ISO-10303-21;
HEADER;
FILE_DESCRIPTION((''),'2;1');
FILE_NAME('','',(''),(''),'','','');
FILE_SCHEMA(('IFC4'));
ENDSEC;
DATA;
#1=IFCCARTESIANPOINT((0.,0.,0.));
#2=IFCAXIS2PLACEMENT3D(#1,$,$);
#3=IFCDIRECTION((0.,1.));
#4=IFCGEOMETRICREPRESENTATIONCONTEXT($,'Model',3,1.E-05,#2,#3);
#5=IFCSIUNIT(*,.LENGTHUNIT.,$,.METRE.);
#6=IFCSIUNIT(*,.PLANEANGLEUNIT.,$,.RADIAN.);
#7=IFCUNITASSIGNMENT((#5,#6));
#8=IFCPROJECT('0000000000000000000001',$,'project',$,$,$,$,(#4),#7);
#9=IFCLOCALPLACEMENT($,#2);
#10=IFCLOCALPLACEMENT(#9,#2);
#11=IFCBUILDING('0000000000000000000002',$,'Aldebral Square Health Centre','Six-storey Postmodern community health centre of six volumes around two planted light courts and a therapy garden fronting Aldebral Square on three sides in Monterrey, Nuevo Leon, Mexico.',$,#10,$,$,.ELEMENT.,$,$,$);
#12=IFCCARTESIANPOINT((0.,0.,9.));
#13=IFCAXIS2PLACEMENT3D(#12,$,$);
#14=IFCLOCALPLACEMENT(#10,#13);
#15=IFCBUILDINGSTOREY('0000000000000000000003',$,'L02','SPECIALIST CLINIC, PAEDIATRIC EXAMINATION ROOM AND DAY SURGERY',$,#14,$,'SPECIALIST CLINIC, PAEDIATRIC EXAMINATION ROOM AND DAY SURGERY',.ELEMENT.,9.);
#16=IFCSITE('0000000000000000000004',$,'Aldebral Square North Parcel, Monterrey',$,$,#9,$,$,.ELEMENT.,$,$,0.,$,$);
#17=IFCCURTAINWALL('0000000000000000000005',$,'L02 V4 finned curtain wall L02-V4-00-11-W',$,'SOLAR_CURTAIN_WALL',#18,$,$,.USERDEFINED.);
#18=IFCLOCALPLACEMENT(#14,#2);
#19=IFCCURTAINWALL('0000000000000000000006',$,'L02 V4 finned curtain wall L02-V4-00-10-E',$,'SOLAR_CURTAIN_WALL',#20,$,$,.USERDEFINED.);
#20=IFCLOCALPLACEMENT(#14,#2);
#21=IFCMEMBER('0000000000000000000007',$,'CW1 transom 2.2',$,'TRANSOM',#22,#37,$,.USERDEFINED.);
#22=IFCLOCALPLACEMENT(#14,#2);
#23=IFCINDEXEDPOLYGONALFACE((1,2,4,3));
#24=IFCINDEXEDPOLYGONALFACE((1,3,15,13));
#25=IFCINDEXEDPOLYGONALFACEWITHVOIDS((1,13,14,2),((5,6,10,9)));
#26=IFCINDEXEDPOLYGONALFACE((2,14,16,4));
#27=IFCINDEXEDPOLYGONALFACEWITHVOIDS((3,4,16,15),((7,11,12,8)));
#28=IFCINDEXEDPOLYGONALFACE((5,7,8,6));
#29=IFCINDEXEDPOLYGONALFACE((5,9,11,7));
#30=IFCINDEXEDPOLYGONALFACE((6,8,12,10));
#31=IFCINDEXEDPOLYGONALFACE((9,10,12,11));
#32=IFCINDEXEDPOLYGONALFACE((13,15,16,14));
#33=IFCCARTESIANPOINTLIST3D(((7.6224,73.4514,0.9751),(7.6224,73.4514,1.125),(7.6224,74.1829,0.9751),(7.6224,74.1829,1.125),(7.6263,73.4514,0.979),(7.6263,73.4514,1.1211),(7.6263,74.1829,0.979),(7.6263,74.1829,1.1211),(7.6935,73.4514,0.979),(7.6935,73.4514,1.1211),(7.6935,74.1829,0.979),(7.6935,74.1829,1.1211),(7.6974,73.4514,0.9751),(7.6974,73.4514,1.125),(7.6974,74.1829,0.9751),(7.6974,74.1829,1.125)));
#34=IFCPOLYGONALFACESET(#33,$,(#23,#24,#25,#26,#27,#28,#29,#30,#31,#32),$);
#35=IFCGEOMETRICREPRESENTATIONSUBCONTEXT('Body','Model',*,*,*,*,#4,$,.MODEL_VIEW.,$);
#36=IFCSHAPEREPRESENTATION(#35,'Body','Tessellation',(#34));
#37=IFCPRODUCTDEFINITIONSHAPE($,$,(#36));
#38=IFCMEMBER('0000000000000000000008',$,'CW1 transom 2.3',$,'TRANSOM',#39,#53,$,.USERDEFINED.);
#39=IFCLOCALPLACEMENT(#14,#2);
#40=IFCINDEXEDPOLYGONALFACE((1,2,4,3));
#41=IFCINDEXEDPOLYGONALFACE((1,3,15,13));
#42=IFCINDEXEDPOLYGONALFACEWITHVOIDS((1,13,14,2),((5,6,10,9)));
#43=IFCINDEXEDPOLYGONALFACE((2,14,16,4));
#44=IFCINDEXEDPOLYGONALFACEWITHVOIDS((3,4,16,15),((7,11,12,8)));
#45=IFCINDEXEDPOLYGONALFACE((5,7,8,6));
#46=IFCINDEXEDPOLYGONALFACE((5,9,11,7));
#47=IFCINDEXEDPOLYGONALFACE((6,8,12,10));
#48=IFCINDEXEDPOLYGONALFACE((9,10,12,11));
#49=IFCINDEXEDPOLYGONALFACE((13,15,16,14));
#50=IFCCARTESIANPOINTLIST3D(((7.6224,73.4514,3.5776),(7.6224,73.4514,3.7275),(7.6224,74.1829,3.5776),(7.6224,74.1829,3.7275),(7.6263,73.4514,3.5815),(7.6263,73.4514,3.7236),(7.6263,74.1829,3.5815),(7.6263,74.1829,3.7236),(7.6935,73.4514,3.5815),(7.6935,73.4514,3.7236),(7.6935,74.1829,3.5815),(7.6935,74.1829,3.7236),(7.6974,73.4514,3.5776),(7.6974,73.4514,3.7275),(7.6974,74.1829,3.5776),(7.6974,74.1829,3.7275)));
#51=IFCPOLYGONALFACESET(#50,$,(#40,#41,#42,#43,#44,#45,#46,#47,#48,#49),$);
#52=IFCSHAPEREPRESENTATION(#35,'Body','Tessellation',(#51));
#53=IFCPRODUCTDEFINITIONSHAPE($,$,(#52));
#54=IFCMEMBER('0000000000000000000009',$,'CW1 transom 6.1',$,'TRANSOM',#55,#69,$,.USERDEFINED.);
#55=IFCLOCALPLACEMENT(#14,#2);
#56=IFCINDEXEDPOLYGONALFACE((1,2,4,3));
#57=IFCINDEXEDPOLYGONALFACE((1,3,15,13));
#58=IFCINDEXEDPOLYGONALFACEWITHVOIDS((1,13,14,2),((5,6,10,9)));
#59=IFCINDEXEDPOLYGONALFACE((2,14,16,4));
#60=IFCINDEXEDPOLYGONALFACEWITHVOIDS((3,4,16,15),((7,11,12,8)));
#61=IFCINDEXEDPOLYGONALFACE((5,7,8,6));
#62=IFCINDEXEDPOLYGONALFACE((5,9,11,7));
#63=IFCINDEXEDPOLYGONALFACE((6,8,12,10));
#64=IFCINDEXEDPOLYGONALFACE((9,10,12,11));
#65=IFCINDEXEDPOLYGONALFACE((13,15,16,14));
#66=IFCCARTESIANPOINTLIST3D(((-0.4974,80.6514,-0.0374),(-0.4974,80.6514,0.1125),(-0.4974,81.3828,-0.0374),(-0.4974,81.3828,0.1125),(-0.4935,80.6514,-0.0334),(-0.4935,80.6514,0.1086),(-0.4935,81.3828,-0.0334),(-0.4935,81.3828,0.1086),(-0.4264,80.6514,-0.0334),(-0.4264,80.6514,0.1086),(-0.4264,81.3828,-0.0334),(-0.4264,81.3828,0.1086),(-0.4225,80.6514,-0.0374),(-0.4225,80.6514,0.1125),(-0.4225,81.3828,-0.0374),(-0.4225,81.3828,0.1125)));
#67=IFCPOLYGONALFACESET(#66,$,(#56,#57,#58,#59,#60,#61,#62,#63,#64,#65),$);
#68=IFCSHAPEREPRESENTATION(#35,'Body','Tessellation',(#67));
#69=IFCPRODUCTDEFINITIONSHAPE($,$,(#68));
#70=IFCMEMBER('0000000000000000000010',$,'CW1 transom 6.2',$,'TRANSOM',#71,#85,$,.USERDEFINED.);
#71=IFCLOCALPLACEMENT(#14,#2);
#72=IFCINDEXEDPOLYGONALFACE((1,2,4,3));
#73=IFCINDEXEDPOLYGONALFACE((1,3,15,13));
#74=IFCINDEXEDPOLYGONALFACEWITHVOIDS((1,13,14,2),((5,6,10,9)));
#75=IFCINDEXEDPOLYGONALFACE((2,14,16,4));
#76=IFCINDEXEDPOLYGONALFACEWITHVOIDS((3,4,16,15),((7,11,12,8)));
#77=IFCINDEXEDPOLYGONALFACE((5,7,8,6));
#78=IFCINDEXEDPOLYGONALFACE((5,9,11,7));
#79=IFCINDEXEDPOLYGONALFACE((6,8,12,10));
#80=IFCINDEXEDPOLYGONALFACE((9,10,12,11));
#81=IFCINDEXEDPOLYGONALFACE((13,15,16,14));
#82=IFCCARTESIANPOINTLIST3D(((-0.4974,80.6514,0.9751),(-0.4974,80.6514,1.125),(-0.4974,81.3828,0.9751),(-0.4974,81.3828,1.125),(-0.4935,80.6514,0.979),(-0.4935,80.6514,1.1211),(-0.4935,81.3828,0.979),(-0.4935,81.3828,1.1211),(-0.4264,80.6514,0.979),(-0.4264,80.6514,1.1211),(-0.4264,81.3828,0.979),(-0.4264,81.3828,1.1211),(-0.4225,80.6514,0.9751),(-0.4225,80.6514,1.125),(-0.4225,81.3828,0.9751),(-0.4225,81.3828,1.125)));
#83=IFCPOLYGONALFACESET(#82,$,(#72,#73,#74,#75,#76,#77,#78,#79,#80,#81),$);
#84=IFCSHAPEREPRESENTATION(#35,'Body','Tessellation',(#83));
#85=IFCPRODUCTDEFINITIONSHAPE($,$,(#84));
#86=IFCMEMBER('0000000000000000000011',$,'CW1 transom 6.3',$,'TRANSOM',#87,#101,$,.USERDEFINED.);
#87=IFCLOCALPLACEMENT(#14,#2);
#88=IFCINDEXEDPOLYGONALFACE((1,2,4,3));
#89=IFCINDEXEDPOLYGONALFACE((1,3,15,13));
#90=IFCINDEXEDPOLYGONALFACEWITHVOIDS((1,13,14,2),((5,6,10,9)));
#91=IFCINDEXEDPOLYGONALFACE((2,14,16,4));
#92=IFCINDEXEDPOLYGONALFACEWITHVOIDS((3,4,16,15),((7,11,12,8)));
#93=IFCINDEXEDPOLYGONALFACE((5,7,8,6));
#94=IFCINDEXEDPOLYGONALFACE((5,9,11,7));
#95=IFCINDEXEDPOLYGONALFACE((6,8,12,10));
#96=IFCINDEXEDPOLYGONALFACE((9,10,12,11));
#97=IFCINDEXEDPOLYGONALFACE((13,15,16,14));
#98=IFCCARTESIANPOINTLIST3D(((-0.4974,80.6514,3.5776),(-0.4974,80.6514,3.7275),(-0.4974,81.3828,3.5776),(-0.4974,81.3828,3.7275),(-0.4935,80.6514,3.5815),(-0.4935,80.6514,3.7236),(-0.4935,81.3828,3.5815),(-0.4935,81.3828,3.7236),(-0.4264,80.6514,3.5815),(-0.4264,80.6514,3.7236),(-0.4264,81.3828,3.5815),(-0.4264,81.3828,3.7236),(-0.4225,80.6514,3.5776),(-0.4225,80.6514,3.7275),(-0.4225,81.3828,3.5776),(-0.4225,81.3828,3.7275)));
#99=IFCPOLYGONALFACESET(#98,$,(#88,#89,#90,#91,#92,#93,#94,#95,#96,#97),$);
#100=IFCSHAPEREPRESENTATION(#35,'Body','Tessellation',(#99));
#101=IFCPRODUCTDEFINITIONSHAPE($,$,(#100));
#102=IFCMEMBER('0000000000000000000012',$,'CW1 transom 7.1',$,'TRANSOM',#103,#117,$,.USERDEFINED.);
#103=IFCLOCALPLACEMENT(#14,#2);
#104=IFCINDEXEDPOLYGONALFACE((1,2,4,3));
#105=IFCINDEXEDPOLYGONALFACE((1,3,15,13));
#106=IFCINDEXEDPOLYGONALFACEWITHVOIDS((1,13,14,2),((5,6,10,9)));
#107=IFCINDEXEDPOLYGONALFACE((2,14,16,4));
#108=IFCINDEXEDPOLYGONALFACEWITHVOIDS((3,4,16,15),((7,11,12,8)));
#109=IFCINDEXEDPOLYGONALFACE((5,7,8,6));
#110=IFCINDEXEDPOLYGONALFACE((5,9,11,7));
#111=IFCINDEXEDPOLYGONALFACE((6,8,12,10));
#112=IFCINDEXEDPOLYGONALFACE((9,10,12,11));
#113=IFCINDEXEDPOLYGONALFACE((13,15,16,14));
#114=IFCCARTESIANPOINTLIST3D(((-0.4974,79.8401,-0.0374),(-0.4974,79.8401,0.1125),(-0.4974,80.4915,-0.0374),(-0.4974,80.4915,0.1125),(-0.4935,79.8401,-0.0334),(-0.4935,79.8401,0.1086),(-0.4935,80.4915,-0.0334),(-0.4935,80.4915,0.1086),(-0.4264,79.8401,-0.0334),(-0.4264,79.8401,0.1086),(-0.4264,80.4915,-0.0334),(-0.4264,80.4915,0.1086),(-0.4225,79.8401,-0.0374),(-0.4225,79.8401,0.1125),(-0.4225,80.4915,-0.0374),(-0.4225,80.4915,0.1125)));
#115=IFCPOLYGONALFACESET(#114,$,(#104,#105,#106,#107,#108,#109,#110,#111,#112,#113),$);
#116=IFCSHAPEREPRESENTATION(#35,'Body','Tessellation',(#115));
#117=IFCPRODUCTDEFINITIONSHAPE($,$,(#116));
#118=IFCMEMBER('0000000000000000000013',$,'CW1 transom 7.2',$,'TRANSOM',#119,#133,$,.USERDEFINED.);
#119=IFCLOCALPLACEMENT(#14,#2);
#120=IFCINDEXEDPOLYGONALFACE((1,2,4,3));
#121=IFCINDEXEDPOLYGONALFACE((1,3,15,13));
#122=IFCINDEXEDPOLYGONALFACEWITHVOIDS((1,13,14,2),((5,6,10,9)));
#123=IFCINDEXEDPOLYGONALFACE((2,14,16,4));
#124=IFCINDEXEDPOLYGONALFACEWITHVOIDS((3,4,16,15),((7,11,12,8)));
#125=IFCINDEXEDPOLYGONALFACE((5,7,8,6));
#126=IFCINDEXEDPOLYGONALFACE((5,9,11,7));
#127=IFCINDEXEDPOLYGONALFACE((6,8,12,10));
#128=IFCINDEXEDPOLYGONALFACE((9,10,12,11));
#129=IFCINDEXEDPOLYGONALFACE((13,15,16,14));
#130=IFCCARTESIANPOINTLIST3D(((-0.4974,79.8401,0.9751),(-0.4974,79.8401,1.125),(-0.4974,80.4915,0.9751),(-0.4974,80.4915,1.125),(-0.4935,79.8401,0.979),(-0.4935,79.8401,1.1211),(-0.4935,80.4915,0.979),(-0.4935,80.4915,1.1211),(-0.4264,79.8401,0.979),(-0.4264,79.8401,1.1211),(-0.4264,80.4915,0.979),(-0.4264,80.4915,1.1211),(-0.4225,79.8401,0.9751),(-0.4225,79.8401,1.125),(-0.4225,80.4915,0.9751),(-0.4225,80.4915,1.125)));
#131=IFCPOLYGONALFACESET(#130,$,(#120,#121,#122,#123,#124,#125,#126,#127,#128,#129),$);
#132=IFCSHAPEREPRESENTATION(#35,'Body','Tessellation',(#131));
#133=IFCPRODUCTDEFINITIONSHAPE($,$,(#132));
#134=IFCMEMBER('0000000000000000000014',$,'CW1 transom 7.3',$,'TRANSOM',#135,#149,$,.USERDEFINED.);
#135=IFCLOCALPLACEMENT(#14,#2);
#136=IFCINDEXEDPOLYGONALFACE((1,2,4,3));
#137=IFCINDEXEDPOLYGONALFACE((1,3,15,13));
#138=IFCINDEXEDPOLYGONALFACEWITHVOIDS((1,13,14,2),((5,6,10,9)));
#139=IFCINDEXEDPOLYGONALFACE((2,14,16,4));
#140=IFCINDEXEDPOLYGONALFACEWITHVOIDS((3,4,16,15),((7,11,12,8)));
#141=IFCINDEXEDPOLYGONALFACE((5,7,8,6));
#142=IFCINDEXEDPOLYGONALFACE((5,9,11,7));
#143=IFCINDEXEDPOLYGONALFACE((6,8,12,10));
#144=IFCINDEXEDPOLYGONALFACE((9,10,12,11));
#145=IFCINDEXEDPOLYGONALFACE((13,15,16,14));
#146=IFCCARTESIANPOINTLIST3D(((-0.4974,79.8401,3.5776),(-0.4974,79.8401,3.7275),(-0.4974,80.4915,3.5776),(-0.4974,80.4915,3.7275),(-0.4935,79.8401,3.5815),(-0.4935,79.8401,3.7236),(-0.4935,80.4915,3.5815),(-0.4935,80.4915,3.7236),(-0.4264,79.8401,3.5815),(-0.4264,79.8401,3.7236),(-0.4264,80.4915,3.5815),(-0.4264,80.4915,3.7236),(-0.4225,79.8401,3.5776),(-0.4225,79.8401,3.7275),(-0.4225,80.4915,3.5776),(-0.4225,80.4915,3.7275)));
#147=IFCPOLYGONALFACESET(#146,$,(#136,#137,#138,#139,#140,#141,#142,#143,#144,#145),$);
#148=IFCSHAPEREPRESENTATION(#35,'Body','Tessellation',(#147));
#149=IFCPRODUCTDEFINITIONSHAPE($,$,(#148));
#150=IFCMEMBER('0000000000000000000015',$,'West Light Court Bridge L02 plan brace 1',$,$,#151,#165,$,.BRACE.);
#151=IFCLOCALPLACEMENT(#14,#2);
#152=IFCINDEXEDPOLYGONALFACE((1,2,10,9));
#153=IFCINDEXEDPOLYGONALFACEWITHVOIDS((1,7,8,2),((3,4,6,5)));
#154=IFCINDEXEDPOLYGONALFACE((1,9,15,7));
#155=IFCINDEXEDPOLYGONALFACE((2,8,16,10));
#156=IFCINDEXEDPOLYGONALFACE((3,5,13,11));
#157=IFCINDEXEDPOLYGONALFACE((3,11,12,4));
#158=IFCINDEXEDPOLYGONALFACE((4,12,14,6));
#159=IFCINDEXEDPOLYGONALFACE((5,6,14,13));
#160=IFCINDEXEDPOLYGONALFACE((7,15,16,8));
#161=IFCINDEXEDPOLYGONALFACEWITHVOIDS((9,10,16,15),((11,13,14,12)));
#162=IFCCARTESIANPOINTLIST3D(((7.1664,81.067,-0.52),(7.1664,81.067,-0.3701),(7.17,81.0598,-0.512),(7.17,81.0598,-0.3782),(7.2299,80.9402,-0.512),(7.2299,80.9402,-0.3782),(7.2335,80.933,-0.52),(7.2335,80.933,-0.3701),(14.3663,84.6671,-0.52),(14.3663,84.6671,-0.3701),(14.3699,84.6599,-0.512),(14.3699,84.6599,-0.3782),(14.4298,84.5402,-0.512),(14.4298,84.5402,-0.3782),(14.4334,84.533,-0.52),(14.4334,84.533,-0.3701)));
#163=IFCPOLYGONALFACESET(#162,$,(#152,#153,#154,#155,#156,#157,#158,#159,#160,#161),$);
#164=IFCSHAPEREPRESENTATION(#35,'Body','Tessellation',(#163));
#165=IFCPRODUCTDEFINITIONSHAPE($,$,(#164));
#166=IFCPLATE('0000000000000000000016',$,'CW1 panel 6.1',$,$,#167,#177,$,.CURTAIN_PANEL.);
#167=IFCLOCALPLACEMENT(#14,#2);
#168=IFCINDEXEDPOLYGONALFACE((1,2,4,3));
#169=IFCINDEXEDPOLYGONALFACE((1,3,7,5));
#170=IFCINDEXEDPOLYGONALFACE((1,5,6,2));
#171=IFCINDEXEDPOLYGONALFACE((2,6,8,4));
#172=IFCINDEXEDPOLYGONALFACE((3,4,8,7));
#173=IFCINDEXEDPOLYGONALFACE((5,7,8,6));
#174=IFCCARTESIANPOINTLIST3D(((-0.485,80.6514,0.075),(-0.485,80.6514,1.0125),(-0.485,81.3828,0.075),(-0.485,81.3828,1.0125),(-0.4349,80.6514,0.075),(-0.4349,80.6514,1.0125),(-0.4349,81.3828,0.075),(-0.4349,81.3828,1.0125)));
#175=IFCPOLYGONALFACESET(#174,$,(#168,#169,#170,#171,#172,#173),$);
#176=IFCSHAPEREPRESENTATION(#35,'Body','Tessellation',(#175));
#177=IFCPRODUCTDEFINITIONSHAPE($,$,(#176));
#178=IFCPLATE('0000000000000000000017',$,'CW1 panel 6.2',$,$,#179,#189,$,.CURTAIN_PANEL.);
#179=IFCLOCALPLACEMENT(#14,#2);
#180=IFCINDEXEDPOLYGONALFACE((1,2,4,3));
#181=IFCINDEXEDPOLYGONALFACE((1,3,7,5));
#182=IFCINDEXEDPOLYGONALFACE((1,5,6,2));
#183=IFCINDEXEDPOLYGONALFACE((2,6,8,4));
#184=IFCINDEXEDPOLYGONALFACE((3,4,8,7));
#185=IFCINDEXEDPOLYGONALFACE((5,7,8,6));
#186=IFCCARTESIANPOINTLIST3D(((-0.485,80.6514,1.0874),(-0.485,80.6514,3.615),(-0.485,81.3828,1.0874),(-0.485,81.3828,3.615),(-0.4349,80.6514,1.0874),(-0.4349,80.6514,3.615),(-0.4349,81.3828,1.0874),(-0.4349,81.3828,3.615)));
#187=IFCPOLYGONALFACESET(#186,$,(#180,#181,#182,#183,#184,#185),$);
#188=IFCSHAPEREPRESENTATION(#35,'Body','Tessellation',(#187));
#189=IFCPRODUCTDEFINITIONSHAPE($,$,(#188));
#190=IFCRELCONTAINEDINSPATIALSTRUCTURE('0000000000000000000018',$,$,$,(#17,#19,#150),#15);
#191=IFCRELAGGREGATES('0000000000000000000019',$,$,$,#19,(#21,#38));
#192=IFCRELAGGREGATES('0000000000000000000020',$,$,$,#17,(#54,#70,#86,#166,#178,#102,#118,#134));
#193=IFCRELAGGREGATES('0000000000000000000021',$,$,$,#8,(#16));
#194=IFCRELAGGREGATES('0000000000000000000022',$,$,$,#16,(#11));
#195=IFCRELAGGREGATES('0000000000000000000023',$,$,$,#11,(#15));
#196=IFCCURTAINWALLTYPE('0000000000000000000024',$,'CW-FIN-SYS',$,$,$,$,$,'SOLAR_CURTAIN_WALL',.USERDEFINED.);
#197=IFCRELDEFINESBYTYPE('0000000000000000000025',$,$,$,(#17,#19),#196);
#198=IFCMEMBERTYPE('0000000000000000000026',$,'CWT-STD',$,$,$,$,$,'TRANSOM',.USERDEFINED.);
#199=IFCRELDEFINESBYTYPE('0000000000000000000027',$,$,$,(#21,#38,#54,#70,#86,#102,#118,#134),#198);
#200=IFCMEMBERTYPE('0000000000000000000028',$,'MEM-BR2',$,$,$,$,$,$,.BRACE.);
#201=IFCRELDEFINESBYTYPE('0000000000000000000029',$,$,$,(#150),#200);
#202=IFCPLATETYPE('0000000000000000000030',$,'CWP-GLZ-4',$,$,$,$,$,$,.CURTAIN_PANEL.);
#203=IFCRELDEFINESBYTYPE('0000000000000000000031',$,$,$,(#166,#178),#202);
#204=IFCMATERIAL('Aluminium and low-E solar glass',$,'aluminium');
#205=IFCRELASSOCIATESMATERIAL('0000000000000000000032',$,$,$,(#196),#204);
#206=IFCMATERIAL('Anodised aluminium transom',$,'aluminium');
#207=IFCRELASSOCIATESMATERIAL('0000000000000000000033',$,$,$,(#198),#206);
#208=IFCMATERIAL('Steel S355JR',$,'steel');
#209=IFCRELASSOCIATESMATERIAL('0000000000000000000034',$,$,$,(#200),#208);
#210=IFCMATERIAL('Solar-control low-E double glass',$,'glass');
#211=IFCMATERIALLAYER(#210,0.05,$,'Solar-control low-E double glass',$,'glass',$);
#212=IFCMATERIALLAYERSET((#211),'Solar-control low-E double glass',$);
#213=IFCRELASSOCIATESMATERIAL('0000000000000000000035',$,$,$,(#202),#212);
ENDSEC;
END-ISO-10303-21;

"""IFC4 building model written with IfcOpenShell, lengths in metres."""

from ifc_helpers import new_model, si_unit, direction, frame, origin, origin_2d, place, context, subcontext, project, spatial, rectangle, hollow_rectangle, extrude, material, layer, layer_set, material_profile, profile_set, type_object, element, aggregate, save


model = new_model("IFC4")

# Units and contexts
model_context = context("Model", 3, precision=1e-05, world=origin(), true_north=direction((0.0, 1.0)))
body_context = subcontext(model_context, "Body", "Model", "MODEL_VIEW")
ifc_project = project(units=[si_unit("LENGTHUNIT", "METRE"), si_unit("PLANEANGLEUNIT", "RADIAN")], contexts=[model_context])

# Site, building, storey
site_placement = place(None, origin())
site = spatial("IfcSite", under=ifc_project, at=site_placement, Name="Aldebral Square North Parcel, Monterrey", CompositionType="ELEMENT", RefElevation=0.0)
building_placement = place(site_placement, origin())
building = spatial("IfcBuilding", under=site, at=building_placement, Name="Aldebral Square Health Centre", Description="Six-storey Postmodern community health centre of six volumes around two planted light courts and a therapy garden fronting Aldebral Square on three sides in Monterrey, Nuevo Leon, Mexico.", CompositionType="ELEMENT")
storey_placement = place(building_placement, frame((0.0, 0.0, 9.0)))
storey = spatial("IfcBuildingStorey", under=building, at=storey_placement, Name="L02", Description="SPECIALIST CLINIC, PAEDIATRIC EXAMINATION ROOM AND DAY SURGERY", LongName="SPECIALIST CLINIC, PAEDIATRIC EXAMINATION ROOM AND DAY SURGERY", CompositionType="ELEMENT", Elevation=9.0)

# Shared definitions
ifc_material_1 = material(Name="Steel S355JR", Category="steel")

# Shared definitions
ifc_material_2 = material(Name="Aluminium and low-E solar glass", Category="aluminium")
curtain_wall_type = type_object("IfcCurtainWallType", Name="CW-FIN-SYS", ElementType="SOLAR_CURTAIN_WALL", PredefinedType="USERDEFINED", material=ifc_material_2)

# Curtain walls, members
curtain_wall_1_placement = place(storey_placement, origin())
curtain_wall_1 = element("IfcCurtainWall", 1, at=curtain_wall_1_placement, inside=storey, type_object=curtain_wall_type, Name="L02 V4 finned curtain wall L02-V4-00-11-W", ObjectType="SOLAR_CURTAIN_WALL", PredefinedType="USERDEFINED")
curtain_wall_2_placement = place(storey_placement, origin())
curtain_wall_2 = element("IfcCurtainWall", 2, at=curtain_wall_2_placement, inside=storey, type_object=curtain_wall_type, Name="L02 V4 finned curtain wall L02-V4-00-10-E", ObjectType="SOLAR_CURTAIN_WALL", PredefinedType="USERDEFINED")
ifc_material_3 = material(Name="Anodised aluminium transom", Category="aluminium")
ifc_material_profile_1 = material_profile(ifc_material_3, hollow_rectangle(XDim=0.075, YDim=0.1499, WallThickness=0.0039, at=origin_2d()), Name="CWT 75x150x4")
ifc_profile_set_1 = profile_set([ifc_material_profile_1], Name="Anodised aluminium transom")
member_type_1 = type_object("IfcMemberType", Name="CWT-STD", ElementType="TRANSOM", PredefinedType="USERDEFINED", material=ifc_profile_set_1)
member_1_placement = place(storey_placement, frame((7.6599, 73.4514, 1.05), z_axis=(0.0, 1.0, 0.0), x_axis=(-1.0, 0.0, 0.0)))
member_1 = element("IfcMember", 3, at=member_1_placement, type_object=member_type_1, Name="CW1 transom 2.2", ObjectType="TRANSOM", PredefinedType="USERDEFINED", context=body_context, shape_type="SweptSolid", body=[
    extrude(hollow_rectangle(XDim=0.075, YDim=0.1499, WallThickness=0.0039, at=origin_2d()), origin(), (0.0, 0.0, 1.0), 0.7314),
])
member_2_placement = place(storey_placement, frame((7.6599, 73.4514, 3.6526), z_axis=(0.0, 1.0, 0.0), x_axis=(-1.0, 0.0, 0.0)))
member_2 = element("IfcMember", 4, at=member_2_placement, type_object=member_type_1, Name="CW1 transom 2.3", ObjectType="TRANSOM", PredefinedType="USERDEFINED", context=body_context, shape_type="SweptSolid", body=[
    extrude(hollow_rectangle(XDim=0.075, YDim=0.1499, WallThickness=0.0039, at=origin_2d()), origin(), (0.0, 0.0, 1.0), 0.7314),
])
aggregate(curtain_wall_2, [member_1, member_2])

# Members
member_3_placement = place(storey_placement, frame((-0.46, 81.3828, 0.0376), z_axis=(0.0, -1.0, 0.0), x_axis=(1.0, 0.0, 0.0)))
member_3 = element("IfcMember", 5, at=member_3_placement, type_object=member_type_1, Name="CW1 transom 6.1", ObjectType="TRANSOM", PredefinedType="USERDEFINED", context=body_context, shape_type="SweptSolid", body=[
    extrude(hollow_rectangle(XDim=0.075, YDim=0.1499, WallThickness=0.0039, at=origin_2d()), origin(), (0.0, 0.0, 1.0), 0.7314),
])
member_4_placement = place(storey_placement, frame((-0.46, 81.3828, 1.05), z_axis=(0.0, -1.0, 0.0), x_axis=(1.0, 0.0, 0.0)))
member_4 = element("IfcMember", 6, at=member_4_placement, type_object=member_type_1, Name="CW1 transom 6.2", ObjectType="TRANSOM", PredefinedType="USERDEFINED", context=body_context, shape_type="SweptSolid", body=[
    extrude(hollow_rectangle(XDim=0.075, YDim=0.1499, WallThickness=0.0039, at=origin_2d()), origin(), (0.0, 0.0, 1.0), 0.7314),
])
member_5_placement = place(storey_placement, frame((-0.46, 81.3828, 3.6526), z_axis=(0.0, -1.0, 0.0), x_axis=(1.0, 0.0, 0.0)))
member_5 = element("IfcMember", 7, at=member_5_placement, type_object=member_type_1, Name="CW1 transom 6.3", ObjectType="TRANSOM", PredefinedType="USERDEFINED", context=body_context, shape_type="SweptSolid", body=[
    extrude(hollow_rectangle(XDim=0.075, YDim=0.1499, WallThickness=0.0039, at=origin_2d()), origin(), (0.0, 0.0, 1.0), 0.7314),
])
member_6_placement = place(storey_placement, frame((-0.46, 80.4915, 0.0376), z_axis=(0.0, -1.0, 0.0), x_axis=(1.0, 0.0, 0.0)))
member_6 = element("IfcMember", 8, at=member_6_placement, type_object=member_type_1, Name="CW1 transom 7.1", ObjectType="TRANSOM", PredefinedType="USERDEFINED", context=body_context, shape_type="SweptSolid", body=[
    extrude(hollow_rectangle(XDim=0.075, YDim=0.1499, WallThickness=0.0039, at=origin_2d()), origin(), (0.0, 0.0, 1.0), 0.6514),
])
member_7_placement = place(storey_placement, frame((-0.46, 80.4915, 1.05), z_axis=(0.0, -1.0, 0.0), x_axis=(1.0, 0.0, 0.0)))
member_7 = element("IfcMember", 9, at=member_7_placement, type_object=member_type_1, Name="CW1 transom 7.2", ObjectType="TRANSOM", PredefinedType="USERDEFINED", context=body_context, shape_type="SweptSolid", body=[
    extrude(hollow_rectangle(XDim=0.075, YDim=0.1499, WallThickness=0.0039, at=origin_2d()), origin(), (0.0, 0.0, 1.0), 0.6514),
])
member_8_placement = place(storey_placement, frame((-0.46, 80.4915, 3.6526), z_axis=(0.0, -1.0, 0.0), x_axis=(1.0, 0.0, 0.0)))
member_8 = element("IfcMember", 10, at=member_8_placement, type_object=member_type_1, Name="CW1 transom 7.3", ObjectType="TRANSOM", PredefinedType="USERDEFINED", context=body_context, shape_type="SweptSolid", body=[
    extrude(hollow_rectangle(XDim=0.075, YDim=0.1499, WallThickness=0.0039, at=origin_2d()), origin(), (0.0, 0.0, 1.0), 0.6514),
])
ifc_material_profile_2 = material_profile(ifc_material_1, hollow_rectangle(XDim=0.1499, YDim=0.1499, WallThickness=0.0081, at=origin_2d()), Name="150x150x8 SHS")
ifc_profile_set_2 = profile_set([ifc_material_profile_2], Name="Steel S355JR")
member_type_2 = type_object("IfcMemberType", Name="MEM-BR2", PredefinedType="BRACE", material=ifc_profile_set_2)
member_9_placement = place(storey_placement, frame((7.2, 81.0, -0.4451), z_axis=(0.894421, 0.447226, 0.0), x_axis=(-0.447226, 0.894421, 0.0)))
element("IfcMember", 11, at=member_9_placement, inside=storey, type_object=member_type_2, Name="West Light Court Bridge L02 plan brace 1", PredefinedType="BRACE", context=body_context, shape_type="SweptSolid", body=[
    extrude(hollow_rectangle(XDim=0.1499, YDim=0.1499, WallThickness=0.0081, at=origin_2d()), origin(), (0.0, 0.0, 1.0), 8.0498),
])

# Plates
ifc_material_4 = material(Name="Solar-control low-E double glass", Category="glass")
ifc_layer_1 = layer(ifc_material_4, 0.05, Name="Solar-control low-E double glass", Category="glass")
ifc_layer_set_1 = layer_set([ifc_layer_1], Name="Solar-control low-E double glass")
plate_type_1 = type_object("IfcPlateType", Name="CWP-GLZ-4", PredefinedType="CURTAIN_PANEL", material=ifc_layer_set_1)
plate_1_placement = place(storey_placement, frame((-0.46, 81.0171, 0.075), z_axis=(0.0, 0.0, 1.0), x_axis=(0.0, -1.0, 0.0)))
plate_1 = element("IfcPlate", 12, at=plate_1_placement, type_object=plate_type_1, Name="CW1 panel 6.1", PredefinedType="CURTAIN_PANEL", context=body_context, shape_type="SweptSolid", body=[
    extrude(rectangle(XDim=0.7314, YDim=0.05, at=origin_2d()), origin(), (0.0, 0.0, 1.0), 0.9375),
])
plate_2_placement = place(storey_placement, frame((-0.46, 81.0171, 1.0874), z_axis=(0.0, 0.0, 1.0), x_axis=(0.0, -1.0, 0.0)))
plate_2 = element("IfcPlate", 13, at=plate_2_placement, type_object=plate_type_1, Name="CW1 panel 6.2", PredefinedType="CURTAIN_PANEL", context=body_context, shape_type="SweptSolid", body=[
    extrude(rectangle(XDim=0.7314, YDim=0.05, at=origin_2d()), origin(), (0.0, 0.0, 1.0), 2.5276),
])
aggregate(curtain_wall_1, [member_3, member_4, member_5, plate_1, plate_2, member_6, member_7, member_8])

save(model, "model.ifc")
